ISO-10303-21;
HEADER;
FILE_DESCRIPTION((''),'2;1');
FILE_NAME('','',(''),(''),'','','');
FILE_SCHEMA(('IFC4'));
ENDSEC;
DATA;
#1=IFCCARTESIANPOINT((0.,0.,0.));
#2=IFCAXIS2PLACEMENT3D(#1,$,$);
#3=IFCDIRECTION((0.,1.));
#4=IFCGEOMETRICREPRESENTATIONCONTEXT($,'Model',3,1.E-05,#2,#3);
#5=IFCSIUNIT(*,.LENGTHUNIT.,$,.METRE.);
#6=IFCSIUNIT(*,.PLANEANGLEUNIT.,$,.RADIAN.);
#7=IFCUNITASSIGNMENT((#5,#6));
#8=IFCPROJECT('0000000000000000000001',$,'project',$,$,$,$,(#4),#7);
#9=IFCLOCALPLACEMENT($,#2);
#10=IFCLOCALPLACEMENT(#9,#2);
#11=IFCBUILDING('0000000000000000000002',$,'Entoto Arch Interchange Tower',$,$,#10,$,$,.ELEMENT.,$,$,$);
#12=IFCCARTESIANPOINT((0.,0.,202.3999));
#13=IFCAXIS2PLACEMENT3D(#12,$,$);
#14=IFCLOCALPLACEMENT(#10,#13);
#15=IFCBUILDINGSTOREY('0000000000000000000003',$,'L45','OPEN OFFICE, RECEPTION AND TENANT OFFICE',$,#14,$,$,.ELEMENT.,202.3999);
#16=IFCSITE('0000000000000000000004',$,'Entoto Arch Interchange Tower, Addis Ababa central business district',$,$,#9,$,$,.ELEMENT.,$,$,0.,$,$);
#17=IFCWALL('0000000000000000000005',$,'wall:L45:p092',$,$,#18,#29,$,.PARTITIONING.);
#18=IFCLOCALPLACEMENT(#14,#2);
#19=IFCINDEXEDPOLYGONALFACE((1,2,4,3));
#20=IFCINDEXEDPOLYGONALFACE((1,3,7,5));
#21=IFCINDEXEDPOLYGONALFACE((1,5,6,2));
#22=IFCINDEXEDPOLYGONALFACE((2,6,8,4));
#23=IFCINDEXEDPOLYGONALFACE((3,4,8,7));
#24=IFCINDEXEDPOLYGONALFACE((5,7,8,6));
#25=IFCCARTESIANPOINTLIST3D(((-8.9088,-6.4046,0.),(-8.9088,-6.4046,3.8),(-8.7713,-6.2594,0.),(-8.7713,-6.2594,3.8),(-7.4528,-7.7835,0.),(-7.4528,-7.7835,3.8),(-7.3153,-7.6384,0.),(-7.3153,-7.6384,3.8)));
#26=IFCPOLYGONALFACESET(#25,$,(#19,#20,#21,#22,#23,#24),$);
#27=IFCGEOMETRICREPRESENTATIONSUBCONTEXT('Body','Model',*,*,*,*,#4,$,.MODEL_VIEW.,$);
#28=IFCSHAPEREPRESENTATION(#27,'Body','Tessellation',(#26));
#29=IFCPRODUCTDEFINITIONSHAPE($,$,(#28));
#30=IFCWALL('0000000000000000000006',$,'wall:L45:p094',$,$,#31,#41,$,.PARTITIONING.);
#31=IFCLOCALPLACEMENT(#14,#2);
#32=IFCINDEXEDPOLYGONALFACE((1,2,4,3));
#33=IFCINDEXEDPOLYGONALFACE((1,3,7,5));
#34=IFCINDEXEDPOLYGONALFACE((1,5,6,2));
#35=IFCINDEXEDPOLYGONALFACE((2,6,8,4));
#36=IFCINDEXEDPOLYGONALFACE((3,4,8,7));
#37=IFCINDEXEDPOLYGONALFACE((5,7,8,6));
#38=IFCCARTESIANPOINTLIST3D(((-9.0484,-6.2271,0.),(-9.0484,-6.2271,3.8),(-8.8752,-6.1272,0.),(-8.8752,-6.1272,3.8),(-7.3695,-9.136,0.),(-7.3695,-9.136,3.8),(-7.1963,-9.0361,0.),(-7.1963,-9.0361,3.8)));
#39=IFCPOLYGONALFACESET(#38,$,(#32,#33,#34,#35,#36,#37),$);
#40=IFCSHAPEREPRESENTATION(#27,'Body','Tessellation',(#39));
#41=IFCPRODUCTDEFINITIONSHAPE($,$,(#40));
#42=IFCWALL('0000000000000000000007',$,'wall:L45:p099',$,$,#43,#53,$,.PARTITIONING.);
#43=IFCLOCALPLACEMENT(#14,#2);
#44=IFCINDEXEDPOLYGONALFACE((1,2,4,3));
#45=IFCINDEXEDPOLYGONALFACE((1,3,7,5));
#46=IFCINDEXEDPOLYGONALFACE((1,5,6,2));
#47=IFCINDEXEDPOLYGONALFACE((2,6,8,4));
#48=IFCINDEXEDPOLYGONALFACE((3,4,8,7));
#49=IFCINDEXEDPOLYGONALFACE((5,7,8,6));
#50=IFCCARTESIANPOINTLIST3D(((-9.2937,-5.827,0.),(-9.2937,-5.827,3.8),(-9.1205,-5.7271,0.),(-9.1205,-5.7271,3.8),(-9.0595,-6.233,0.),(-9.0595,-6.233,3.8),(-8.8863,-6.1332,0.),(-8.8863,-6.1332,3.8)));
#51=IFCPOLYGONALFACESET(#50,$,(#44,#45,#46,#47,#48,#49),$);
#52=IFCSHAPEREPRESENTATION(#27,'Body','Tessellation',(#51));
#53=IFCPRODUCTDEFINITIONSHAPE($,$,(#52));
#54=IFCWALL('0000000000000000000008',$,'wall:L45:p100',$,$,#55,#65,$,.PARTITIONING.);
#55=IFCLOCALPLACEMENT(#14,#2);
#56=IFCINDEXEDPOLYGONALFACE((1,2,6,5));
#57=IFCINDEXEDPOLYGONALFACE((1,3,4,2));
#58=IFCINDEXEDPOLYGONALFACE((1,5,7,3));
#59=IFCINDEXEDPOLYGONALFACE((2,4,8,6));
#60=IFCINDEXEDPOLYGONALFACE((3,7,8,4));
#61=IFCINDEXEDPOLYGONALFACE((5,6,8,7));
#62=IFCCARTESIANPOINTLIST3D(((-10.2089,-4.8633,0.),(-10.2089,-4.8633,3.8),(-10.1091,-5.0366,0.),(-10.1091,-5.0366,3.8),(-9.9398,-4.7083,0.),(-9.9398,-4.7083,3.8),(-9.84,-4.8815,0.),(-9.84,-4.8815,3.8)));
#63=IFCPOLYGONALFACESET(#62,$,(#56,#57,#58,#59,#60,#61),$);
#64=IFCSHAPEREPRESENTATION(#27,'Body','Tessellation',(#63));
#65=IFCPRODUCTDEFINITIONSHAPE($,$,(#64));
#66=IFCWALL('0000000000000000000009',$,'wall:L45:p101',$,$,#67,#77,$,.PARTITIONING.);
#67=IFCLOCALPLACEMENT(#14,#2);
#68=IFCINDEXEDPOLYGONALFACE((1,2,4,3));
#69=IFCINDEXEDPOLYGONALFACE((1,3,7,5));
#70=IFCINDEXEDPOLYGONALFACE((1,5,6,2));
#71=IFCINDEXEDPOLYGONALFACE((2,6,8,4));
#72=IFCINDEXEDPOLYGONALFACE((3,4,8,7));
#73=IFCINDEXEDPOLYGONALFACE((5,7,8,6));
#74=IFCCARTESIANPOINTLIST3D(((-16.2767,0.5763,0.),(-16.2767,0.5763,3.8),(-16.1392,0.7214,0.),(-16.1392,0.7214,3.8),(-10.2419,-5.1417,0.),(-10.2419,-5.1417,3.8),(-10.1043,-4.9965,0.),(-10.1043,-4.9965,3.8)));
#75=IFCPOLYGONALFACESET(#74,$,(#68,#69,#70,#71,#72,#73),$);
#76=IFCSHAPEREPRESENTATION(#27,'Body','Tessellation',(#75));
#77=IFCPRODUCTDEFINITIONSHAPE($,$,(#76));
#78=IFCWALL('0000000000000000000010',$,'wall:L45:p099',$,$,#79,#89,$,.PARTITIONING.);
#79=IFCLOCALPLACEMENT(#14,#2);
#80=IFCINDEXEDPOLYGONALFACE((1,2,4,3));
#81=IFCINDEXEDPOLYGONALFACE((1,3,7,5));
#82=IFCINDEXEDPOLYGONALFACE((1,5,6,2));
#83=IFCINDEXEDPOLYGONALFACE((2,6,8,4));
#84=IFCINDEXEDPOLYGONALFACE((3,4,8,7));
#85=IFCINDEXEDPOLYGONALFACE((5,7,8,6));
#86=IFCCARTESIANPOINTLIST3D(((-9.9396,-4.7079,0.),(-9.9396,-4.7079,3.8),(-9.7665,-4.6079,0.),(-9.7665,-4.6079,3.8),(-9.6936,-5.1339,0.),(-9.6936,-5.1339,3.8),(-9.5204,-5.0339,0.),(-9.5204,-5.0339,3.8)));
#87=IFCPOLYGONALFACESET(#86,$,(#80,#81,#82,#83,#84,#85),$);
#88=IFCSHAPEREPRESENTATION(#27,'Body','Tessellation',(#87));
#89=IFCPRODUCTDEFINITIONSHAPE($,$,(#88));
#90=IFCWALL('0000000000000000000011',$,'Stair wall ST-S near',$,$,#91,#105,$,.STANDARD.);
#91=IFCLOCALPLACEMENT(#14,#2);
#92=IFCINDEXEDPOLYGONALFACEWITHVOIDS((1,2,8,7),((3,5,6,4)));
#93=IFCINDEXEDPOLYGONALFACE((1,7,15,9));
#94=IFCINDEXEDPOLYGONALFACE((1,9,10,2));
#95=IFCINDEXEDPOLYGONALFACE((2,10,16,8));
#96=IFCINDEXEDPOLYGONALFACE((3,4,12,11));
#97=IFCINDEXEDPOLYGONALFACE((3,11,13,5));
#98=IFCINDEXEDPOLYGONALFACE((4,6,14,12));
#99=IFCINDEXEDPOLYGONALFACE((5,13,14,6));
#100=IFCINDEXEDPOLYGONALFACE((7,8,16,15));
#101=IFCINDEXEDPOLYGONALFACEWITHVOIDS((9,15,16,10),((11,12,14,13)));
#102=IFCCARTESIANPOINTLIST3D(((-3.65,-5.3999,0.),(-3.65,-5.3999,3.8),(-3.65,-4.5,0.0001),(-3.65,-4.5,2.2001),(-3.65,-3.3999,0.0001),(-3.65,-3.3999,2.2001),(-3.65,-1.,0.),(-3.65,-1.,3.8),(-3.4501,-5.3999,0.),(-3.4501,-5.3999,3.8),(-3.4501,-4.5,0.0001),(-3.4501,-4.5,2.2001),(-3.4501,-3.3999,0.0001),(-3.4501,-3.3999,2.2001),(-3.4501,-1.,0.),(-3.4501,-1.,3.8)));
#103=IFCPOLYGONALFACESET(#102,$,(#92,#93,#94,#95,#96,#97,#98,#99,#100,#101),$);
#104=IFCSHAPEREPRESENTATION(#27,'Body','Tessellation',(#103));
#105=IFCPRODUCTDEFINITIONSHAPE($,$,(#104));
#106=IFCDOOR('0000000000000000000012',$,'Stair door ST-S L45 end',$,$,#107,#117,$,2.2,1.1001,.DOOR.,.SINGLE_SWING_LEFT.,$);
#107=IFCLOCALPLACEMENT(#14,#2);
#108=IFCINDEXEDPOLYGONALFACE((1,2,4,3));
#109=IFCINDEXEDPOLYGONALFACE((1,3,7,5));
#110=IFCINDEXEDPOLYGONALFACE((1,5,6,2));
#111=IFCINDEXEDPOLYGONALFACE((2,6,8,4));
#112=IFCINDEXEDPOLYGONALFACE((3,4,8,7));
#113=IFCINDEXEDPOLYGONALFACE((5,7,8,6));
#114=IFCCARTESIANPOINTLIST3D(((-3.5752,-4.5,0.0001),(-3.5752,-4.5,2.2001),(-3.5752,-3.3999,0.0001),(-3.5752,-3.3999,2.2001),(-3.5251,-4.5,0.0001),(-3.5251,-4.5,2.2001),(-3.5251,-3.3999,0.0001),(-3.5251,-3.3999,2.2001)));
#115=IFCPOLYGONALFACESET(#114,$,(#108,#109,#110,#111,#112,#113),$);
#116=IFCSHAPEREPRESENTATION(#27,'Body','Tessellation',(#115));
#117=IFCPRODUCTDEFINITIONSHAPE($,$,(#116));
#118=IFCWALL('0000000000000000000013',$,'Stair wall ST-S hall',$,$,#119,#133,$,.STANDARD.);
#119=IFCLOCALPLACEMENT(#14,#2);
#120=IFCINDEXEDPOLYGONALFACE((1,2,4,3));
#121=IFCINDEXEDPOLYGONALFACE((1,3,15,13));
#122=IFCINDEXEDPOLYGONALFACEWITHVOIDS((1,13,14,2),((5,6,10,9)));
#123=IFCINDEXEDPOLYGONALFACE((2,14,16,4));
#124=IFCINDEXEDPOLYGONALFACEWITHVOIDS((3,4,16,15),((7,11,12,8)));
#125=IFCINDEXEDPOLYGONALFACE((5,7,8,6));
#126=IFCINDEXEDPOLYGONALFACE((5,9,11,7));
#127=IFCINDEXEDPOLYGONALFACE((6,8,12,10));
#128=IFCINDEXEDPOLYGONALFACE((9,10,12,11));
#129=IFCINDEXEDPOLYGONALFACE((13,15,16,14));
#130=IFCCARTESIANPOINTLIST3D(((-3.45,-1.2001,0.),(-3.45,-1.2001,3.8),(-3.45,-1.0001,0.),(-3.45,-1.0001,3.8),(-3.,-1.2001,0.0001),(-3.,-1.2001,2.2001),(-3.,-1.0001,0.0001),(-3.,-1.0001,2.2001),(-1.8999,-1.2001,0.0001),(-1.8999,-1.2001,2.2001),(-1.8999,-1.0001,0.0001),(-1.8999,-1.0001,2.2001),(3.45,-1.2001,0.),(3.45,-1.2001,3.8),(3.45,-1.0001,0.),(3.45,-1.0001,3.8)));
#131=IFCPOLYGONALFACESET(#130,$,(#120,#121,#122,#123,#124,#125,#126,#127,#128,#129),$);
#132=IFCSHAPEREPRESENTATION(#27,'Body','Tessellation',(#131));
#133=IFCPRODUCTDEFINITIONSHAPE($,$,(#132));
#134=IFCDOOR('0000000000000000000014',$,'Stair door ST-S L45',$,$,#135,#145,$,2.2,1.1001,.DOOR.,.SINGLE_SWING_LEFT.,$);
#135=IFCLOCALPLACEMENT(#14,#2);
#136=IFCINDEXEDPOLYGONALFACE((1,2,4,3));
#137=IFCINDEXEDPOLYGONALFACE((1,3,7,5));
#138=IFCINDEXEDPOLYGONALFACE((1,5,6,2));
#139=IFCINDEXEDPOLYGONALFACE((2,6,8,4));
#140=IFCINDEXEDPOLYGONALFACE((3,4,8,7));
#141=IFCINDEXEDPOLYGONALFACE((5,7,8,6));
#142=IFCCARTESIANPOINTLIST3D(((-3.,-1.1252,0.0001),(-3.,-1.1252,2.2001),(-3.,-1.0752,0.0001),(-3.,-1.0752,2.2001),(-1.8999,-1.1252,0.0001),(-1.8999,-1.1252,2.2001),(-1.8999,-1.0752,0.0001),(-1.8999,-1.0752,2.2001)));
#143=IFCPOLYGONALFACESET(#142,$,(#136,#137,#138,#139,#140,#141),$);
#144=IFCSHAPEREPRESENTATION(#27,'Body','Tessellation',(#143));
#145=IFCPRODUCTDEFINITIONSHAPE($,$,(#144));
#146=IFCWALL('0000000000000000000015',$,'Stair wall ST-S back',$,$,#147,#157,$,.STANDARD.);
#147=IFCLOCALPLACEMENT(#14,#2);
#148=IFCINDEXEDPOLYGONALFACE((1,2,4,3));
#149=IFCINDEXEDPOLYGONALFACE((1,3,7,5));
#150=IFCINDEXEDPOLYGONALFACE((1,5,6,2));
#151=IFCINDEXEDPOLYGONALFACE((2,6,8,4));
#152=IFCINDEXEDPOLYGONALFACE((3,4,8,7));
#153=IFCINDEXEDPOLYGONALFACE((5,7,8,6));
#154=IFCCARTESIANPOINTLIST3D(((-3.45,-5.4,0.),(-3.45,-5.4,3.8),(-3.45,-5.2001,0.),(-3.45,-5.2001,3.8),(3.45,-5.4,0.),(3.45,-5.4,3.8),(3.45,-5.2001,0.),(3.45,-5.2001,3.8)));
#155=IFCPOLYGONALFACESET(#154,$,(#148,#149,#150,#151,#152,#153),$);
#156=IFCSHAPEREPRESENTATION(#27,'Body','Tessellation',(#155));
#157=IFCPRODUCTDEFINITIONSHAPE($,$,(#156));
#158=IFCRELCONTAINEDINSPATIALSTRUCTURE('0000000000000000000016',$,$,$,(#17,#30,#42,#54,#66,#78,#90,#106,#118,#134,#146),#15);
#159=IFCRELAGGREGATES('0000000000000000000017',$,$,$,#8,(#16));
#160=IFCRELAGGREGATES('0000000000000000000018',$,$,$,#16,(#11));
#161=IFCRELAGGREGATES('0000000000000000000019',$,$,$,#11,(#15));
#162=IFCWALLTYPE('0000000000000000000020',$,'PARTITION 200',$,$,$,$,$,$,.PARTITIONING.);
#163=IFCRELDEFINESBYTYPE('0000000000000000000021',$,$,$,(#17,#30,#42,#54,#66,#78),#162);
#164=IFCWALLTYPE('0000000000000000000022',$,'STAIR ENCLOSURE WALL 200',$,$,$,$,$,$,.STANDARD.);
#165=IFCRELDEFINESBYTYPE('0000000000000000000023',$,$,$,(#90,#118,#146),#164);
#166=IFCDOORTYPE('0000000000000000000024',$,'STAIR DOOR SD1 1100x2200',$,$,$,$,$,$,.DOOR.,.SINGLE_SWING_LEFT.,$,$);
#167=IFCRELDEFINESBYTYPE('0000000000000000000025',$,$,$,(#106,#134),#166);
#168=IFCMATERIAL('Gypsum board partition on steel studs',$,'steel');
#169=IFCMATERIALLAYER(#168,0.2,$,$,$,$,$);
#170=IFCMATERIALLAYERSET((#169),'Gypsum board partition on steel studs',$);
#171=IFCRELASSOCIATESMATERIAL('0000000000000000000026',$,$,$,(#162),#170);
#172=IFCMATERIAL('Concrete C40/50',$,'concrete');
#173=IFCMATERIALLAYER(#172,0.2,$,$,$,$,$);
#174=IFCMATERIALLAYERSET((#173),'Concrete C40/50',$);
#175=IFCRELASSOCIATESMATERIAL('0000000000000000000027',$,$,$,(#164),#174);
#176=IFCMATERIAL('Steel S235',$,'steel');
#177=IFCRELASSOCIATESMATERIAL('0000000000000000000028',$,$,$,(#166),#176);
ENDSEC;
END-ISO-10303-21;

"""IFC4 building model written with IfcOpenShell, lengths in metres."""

from ifc_helpers import new_model, si_unit, direction, frame, frame_2d, origin, place, context, subcontext, project, spatial, rectangle, extrude, material, layer, layer_set, type_object, element, fill, save


model = new_model("IFC4")

# Units and contexts
model_context = context("Model", 3, precision=1e-05, world=origin(), true_north=direction((0.0, 1.0)))
body_context = subcontext(model_context, "Body", "Model", "MODEL_VIEW")
ifc_project = project(units=[si_unit("LENGTHUNIT", "METRE"), si_unit("PLANEANGLEUNIT", "RADIAN")], contexts=[model_context])

# Site, building, storey
site_placement = place(None, origin())
site = spatial("IfcSite", under=ifc_project, at=site_placement, Name="Entoto Arch Interchange Tower, Addis Ababa central business district", CompositionType="ELEMENT", RefElevation=0.0)
building_placement = place(site_placement, origin())
building = spatial("IfcBuilding", under=site, at=building_placement, Name="Entoto Arch Interchange Tower", CompositionType="ELEMENT")
storey_placement = place(building_placement, frame((0.0, 0.0, 202.3999)))
storey = spatial("IfcBuildingStorey", under=building, at=storey_placement, Name="L45", Description="OPEN OFFICE, RECEPTION AND TENANT OFFICE", CompositionType="ELEMENT", Elevation=202.3999)

# Shared definitions
ifc_material_1 = material(Name="Concrete C40/50", Category="concrete")

# Shared definitions
ifc_material_2 = material(Name="Gypsum board partition on steel studs", Category="steel")
ifc_layer_1 = layer(ifc_material_2, 0.2)
ifc_layer_set_1 = layer_set([ifc_layer_1], Name="Gypsum board partition on steel studs")
wall_type_1 = type_object("IfcWallType", Name="PARTITION 200", PredefinedType="PARTITIONING", material=ifc_layer_set_1)

# Walls
wall_1_placement = place(storey_placement, frame((-8.8401, -6.332, 0.0), z_axis=(0.0, 0.0, 1.0), x_axis=(0.726081, -0.68761, 0.0)))
element("IfcWall", 1, at=wall_1_placement, inside=storey, type_object=wall_type_1, Name="wall:L45:p092", PredefinedType="PARTITIONING", context=body_context, shape_type="SweptSolid", body=[
    extrude(rectangle(XDim=2.0054, YDim=0.2, at=frame_2d((1.0027, 0.0))), origin(), (0.0, 0.0, 1.0), 3.8),
])
wall_2_placement = place(storey_placement, frame((-7.283, -9.0859, 0.0), z_axis=(0.0, 0.0, 1.0), x_axis=(-0.499884, 0.866092, 0.0)))
element("IfcWall", 2, at=wall_2_placement, inside=storey, type_object=wall_type_1, Name="wall:L45:p094", PredefinedType="PARTITIONING", context=body_context, shape_type="SweptSolid", body=[
    extrude(rectangle(XDim=3.3586, YDim=0.2, at=frame_2d((1.6792, 0.0))), origin(), (0.0, 0.0, 1.0), 3.8),
])
wall_3_placement = place(storey_placement, frame((-8.9729, -6.1831, 0.0), z_axis=(0.0, 0.0, 1.0), x_axis=(-0.499557, 0.866281, 0.0)))
element("IfcWall", 3, at=wall_3_placement, inside=storey, type_object=wall_type_1, Name="wall:L45:p099", PredefinedType="PARTITIONING", context=body_context, shape_type="SweptSolid", body=[
    extrude(rectangle(XDim=0.4688, YDim=0.2, at=frame_2d((0.2344, 0.0))), origin(), (0.0, 0.0, 1.0), 3.8),
])
wall_4_placement = place(storey_placement, frame((-9.8899, -4.7949, 0.0), z_axis=(0.0, 0.0, 1.0), x_axis=(-0.866447, -0.499269, 0.0)))
element("IfcWall", 4, at=wall_4_placement, inside=storey, type_object=wall_type_1, Name="wall:L45:p100", PredefinedType="PARTITIONING", context=body_context, shape_type="SweptSolid", body=[
    extrude(rectangle(XDim=0.3105, YDim=0.2, at=frame_2d((0.1553, 0.0))), origin(), (0.0, 0.0, 1.0), 3.8),
])
wall_5_placement = place(storey_placement, frame((-10.1731, -5.0691, 0.0), z_axis=(0.0, 0.0, 1.0), x_axis=(-0.725909, 0.687791, 0.0)))
element("IfcWall", 5, at=wall_5_placement, inside=storey, type_object=wall_type_1, Name="wall:L45:p101", PredefinedType="PARTITIONING", context=body_context, shape_type="SweptSolid", body=[
    extrude(rectangle(XDim=8.3135, YDim=0.2, at=frame_2d((4.1567, 0.0))), origin(), (0.0, 0.0, 1.0), 3.8),
])
wall_6_placement = place(storey_placement, frame((-9.6069, -5.084, 0.0), z_axis=(0.0, 0.0, 1.0), x_axis=(-0.500195, 0.865913, 0.0)))
element("IfcWall", 6, at=wall_6_placement, inside=storey, type_object=wall_type_1, Name="wall:L45:p099", PredefinedType="PARTITIONING", context=body_context, shape_type="SweptSolid", body=[
    extrude(rectangle(XDim=0.4919, YDim=0.2, at=frame_2d((0.2461, 0.0))), origin(), (0.0, 0.0, 1.0), 3.8),
])

# Walls, openings, doors
ifc_layer_2 = layer(ifc_material_1, 0.2)
ifc_layer_set_2 = layer_set([ifc_layer_2], Name="Concrete C40/50")
wall_type_2 = type_object("IfcWallType", Name="STAIR ENCLOSURE WALL 200", PredefinedType="STANDARD", material=ifc_layer_set_2)
wall_7_placement = place(storey_placement, frame((-3.55, -1.0, 0.0), z_axis=(0.0, 0.0, 1.0), x_axis=(0.0, -1.0, 0.0)))
wall_7 = element("IfcWall", 7, at=wall_7_placement, inside=storey, type_object=wall_type_2, Name="Stair wall ST-S near", PredefinedType="STANDARD", context=body_context, shape_type="SweptSolid", body=[
    extrude(rectangle(XDim=4.3999, YDim=0.2, at=frame_2d((2.2, 0.0))), origin(), (0.0, 0.0, 1.0), 3.8),
])
opening_1_placement = place(wall_7_placement, frame((2.3999, 0.0, 0.0)))
opening_1 = element("IfcOpeningElement", 8, at=opening_1_placement, cuts=wall_7, PredefinedType="OPENING", context=body_context, shape_type="SweptSolid", body=[
    extrude(rectangle(XDim=1.1001, YDim=2.2, at=frame_2d((0.55, 1.1001))), frame((0.0, 0.1099, 0.0), z_axis=(0.0, -1.0, 0.0), x_axis=(1.0, 0.0, 0.0)), (0.0, 0.0, 1.0), 0.22),
])
ifc_material_3 = material(Name="Steel S235", Category="steel")
door_type_1 = type_object("IfcDoorType", Name="STAIR DOOR SD1 1100x2200", OperationType="SINGLE_SWING_LEFT", PredefinedType="DOOR", material=ifc_material_3)
door_1_placement = place(opening_1_placement, origin())
door_1 = element("IfcDoor", 9, at=door_1_placement, inside=storey, type_object=door_type_1, Name="Stair door ST-S L45 end", OperationType="SINGLE_SWING_LEFT", OverallHeight=2.2, OverallWidth=1.1001, PredefinedType="DOOR", context=body_context, shape_type="SweptSolid", body=[
    extrude(rectangle(XDim=1.1001, YDim=2.2, at=frame_2d((0.55, 1.1001))), frame((0.0, 0.0249, 0.0), z_axis=(0.0, -1.0, 0.0), x_axis=(1.0, 0.0, 0.0)), (0.0, 0.0, 1.0), 0.05),
])
fill(opening_1, door_1)
wall_8_placement = place(storey_placement, frame((-3.45, -1.1001, 0.0), z_axis=(0.0, 0.0, 1.0), x_axis=(1.0, 0.0, 0.0)))
wall_8 = element("IfcWall", 10, at=wall_8_placement, inside=storey, type_object=wall_type_2, Name="Stair wall ST-S hall", PredefinedType="STANDARD", context=body_context, shape_type="SweptSolid", body=[
    extrude(rectangle(XDim=6.8999, YDim=0.2, at=frame_2d((3.45, 0.0))), origin(), (0.0, 0.0, 1.0), 3.8),
])
opening_2_placement = place(wall_8_placement, frame((0.45, 0.0, 0.0)))
opening_2 = element("IfcOpeningElement", 11, at=opening_2_placement, cuts=wall_8, PredefinedType="OPENING", context=body_context, shape_type="SweptSolid", body=[
    extrude(rectangle(XDim=1.1001, YDim=2.2, at=frame_2d((0.55, 1.1001))), frame((0.0, 0.1099, 0.0), z_axis=(0.0, -1.0, 0.0), x_axis=(1.0, 0.0, 0.0)), (0.0, 0.0, 1.0), 0.22),
])
door_2_placement = place(opening_2_placement, origin())
door_2 = element("IfcDoor", 12, at=door_2_placement, inside=storey, type_object=door_type_1, Name="Stair door ST-S L45", OperationType="SINGLE_SWING_LEFT", OverallHeight=2.2, OverallWidth=1.1001, PredefinedType="DOOR", context=body_context, shape_type="SweptSolid", body=[
    extrude(rectangle(XDim=1.1001, YDim=2.2, at=frame_2d((0.55, 1.1001))), frame((0.0, 0.0249, 0.0), z_axis=(0.0, -1.0, 0.0), x_axis=(1.0, 0.0, 0.0)), (0.0, 0.0, 1.0), 0.05),
])
fill(opening_2, door_2)

# Wall
wall_9_placement = place(storey_placement, frame((-3.45, -5.3, 0.0), z_axis=(0.0, 0.0, 1.0), x_axis=(1.0, 0.0, 0.0)))
element("IfcWall", 13, at=wall_9_placement, inside=storey, type_object=wall_type_2, Name="Stair wall ST-S back", PredefinedType="STANDARD", context=body_context, shape_type="SweptSolid", body=[
    extrude(rectangle(XDim=6.8999, YDim=0.2, at=frame_2d((3.45, 0.0))), origin(), (0.0, 0.0, 1.0), 3.8),
])

save(model, "model.ifc")
